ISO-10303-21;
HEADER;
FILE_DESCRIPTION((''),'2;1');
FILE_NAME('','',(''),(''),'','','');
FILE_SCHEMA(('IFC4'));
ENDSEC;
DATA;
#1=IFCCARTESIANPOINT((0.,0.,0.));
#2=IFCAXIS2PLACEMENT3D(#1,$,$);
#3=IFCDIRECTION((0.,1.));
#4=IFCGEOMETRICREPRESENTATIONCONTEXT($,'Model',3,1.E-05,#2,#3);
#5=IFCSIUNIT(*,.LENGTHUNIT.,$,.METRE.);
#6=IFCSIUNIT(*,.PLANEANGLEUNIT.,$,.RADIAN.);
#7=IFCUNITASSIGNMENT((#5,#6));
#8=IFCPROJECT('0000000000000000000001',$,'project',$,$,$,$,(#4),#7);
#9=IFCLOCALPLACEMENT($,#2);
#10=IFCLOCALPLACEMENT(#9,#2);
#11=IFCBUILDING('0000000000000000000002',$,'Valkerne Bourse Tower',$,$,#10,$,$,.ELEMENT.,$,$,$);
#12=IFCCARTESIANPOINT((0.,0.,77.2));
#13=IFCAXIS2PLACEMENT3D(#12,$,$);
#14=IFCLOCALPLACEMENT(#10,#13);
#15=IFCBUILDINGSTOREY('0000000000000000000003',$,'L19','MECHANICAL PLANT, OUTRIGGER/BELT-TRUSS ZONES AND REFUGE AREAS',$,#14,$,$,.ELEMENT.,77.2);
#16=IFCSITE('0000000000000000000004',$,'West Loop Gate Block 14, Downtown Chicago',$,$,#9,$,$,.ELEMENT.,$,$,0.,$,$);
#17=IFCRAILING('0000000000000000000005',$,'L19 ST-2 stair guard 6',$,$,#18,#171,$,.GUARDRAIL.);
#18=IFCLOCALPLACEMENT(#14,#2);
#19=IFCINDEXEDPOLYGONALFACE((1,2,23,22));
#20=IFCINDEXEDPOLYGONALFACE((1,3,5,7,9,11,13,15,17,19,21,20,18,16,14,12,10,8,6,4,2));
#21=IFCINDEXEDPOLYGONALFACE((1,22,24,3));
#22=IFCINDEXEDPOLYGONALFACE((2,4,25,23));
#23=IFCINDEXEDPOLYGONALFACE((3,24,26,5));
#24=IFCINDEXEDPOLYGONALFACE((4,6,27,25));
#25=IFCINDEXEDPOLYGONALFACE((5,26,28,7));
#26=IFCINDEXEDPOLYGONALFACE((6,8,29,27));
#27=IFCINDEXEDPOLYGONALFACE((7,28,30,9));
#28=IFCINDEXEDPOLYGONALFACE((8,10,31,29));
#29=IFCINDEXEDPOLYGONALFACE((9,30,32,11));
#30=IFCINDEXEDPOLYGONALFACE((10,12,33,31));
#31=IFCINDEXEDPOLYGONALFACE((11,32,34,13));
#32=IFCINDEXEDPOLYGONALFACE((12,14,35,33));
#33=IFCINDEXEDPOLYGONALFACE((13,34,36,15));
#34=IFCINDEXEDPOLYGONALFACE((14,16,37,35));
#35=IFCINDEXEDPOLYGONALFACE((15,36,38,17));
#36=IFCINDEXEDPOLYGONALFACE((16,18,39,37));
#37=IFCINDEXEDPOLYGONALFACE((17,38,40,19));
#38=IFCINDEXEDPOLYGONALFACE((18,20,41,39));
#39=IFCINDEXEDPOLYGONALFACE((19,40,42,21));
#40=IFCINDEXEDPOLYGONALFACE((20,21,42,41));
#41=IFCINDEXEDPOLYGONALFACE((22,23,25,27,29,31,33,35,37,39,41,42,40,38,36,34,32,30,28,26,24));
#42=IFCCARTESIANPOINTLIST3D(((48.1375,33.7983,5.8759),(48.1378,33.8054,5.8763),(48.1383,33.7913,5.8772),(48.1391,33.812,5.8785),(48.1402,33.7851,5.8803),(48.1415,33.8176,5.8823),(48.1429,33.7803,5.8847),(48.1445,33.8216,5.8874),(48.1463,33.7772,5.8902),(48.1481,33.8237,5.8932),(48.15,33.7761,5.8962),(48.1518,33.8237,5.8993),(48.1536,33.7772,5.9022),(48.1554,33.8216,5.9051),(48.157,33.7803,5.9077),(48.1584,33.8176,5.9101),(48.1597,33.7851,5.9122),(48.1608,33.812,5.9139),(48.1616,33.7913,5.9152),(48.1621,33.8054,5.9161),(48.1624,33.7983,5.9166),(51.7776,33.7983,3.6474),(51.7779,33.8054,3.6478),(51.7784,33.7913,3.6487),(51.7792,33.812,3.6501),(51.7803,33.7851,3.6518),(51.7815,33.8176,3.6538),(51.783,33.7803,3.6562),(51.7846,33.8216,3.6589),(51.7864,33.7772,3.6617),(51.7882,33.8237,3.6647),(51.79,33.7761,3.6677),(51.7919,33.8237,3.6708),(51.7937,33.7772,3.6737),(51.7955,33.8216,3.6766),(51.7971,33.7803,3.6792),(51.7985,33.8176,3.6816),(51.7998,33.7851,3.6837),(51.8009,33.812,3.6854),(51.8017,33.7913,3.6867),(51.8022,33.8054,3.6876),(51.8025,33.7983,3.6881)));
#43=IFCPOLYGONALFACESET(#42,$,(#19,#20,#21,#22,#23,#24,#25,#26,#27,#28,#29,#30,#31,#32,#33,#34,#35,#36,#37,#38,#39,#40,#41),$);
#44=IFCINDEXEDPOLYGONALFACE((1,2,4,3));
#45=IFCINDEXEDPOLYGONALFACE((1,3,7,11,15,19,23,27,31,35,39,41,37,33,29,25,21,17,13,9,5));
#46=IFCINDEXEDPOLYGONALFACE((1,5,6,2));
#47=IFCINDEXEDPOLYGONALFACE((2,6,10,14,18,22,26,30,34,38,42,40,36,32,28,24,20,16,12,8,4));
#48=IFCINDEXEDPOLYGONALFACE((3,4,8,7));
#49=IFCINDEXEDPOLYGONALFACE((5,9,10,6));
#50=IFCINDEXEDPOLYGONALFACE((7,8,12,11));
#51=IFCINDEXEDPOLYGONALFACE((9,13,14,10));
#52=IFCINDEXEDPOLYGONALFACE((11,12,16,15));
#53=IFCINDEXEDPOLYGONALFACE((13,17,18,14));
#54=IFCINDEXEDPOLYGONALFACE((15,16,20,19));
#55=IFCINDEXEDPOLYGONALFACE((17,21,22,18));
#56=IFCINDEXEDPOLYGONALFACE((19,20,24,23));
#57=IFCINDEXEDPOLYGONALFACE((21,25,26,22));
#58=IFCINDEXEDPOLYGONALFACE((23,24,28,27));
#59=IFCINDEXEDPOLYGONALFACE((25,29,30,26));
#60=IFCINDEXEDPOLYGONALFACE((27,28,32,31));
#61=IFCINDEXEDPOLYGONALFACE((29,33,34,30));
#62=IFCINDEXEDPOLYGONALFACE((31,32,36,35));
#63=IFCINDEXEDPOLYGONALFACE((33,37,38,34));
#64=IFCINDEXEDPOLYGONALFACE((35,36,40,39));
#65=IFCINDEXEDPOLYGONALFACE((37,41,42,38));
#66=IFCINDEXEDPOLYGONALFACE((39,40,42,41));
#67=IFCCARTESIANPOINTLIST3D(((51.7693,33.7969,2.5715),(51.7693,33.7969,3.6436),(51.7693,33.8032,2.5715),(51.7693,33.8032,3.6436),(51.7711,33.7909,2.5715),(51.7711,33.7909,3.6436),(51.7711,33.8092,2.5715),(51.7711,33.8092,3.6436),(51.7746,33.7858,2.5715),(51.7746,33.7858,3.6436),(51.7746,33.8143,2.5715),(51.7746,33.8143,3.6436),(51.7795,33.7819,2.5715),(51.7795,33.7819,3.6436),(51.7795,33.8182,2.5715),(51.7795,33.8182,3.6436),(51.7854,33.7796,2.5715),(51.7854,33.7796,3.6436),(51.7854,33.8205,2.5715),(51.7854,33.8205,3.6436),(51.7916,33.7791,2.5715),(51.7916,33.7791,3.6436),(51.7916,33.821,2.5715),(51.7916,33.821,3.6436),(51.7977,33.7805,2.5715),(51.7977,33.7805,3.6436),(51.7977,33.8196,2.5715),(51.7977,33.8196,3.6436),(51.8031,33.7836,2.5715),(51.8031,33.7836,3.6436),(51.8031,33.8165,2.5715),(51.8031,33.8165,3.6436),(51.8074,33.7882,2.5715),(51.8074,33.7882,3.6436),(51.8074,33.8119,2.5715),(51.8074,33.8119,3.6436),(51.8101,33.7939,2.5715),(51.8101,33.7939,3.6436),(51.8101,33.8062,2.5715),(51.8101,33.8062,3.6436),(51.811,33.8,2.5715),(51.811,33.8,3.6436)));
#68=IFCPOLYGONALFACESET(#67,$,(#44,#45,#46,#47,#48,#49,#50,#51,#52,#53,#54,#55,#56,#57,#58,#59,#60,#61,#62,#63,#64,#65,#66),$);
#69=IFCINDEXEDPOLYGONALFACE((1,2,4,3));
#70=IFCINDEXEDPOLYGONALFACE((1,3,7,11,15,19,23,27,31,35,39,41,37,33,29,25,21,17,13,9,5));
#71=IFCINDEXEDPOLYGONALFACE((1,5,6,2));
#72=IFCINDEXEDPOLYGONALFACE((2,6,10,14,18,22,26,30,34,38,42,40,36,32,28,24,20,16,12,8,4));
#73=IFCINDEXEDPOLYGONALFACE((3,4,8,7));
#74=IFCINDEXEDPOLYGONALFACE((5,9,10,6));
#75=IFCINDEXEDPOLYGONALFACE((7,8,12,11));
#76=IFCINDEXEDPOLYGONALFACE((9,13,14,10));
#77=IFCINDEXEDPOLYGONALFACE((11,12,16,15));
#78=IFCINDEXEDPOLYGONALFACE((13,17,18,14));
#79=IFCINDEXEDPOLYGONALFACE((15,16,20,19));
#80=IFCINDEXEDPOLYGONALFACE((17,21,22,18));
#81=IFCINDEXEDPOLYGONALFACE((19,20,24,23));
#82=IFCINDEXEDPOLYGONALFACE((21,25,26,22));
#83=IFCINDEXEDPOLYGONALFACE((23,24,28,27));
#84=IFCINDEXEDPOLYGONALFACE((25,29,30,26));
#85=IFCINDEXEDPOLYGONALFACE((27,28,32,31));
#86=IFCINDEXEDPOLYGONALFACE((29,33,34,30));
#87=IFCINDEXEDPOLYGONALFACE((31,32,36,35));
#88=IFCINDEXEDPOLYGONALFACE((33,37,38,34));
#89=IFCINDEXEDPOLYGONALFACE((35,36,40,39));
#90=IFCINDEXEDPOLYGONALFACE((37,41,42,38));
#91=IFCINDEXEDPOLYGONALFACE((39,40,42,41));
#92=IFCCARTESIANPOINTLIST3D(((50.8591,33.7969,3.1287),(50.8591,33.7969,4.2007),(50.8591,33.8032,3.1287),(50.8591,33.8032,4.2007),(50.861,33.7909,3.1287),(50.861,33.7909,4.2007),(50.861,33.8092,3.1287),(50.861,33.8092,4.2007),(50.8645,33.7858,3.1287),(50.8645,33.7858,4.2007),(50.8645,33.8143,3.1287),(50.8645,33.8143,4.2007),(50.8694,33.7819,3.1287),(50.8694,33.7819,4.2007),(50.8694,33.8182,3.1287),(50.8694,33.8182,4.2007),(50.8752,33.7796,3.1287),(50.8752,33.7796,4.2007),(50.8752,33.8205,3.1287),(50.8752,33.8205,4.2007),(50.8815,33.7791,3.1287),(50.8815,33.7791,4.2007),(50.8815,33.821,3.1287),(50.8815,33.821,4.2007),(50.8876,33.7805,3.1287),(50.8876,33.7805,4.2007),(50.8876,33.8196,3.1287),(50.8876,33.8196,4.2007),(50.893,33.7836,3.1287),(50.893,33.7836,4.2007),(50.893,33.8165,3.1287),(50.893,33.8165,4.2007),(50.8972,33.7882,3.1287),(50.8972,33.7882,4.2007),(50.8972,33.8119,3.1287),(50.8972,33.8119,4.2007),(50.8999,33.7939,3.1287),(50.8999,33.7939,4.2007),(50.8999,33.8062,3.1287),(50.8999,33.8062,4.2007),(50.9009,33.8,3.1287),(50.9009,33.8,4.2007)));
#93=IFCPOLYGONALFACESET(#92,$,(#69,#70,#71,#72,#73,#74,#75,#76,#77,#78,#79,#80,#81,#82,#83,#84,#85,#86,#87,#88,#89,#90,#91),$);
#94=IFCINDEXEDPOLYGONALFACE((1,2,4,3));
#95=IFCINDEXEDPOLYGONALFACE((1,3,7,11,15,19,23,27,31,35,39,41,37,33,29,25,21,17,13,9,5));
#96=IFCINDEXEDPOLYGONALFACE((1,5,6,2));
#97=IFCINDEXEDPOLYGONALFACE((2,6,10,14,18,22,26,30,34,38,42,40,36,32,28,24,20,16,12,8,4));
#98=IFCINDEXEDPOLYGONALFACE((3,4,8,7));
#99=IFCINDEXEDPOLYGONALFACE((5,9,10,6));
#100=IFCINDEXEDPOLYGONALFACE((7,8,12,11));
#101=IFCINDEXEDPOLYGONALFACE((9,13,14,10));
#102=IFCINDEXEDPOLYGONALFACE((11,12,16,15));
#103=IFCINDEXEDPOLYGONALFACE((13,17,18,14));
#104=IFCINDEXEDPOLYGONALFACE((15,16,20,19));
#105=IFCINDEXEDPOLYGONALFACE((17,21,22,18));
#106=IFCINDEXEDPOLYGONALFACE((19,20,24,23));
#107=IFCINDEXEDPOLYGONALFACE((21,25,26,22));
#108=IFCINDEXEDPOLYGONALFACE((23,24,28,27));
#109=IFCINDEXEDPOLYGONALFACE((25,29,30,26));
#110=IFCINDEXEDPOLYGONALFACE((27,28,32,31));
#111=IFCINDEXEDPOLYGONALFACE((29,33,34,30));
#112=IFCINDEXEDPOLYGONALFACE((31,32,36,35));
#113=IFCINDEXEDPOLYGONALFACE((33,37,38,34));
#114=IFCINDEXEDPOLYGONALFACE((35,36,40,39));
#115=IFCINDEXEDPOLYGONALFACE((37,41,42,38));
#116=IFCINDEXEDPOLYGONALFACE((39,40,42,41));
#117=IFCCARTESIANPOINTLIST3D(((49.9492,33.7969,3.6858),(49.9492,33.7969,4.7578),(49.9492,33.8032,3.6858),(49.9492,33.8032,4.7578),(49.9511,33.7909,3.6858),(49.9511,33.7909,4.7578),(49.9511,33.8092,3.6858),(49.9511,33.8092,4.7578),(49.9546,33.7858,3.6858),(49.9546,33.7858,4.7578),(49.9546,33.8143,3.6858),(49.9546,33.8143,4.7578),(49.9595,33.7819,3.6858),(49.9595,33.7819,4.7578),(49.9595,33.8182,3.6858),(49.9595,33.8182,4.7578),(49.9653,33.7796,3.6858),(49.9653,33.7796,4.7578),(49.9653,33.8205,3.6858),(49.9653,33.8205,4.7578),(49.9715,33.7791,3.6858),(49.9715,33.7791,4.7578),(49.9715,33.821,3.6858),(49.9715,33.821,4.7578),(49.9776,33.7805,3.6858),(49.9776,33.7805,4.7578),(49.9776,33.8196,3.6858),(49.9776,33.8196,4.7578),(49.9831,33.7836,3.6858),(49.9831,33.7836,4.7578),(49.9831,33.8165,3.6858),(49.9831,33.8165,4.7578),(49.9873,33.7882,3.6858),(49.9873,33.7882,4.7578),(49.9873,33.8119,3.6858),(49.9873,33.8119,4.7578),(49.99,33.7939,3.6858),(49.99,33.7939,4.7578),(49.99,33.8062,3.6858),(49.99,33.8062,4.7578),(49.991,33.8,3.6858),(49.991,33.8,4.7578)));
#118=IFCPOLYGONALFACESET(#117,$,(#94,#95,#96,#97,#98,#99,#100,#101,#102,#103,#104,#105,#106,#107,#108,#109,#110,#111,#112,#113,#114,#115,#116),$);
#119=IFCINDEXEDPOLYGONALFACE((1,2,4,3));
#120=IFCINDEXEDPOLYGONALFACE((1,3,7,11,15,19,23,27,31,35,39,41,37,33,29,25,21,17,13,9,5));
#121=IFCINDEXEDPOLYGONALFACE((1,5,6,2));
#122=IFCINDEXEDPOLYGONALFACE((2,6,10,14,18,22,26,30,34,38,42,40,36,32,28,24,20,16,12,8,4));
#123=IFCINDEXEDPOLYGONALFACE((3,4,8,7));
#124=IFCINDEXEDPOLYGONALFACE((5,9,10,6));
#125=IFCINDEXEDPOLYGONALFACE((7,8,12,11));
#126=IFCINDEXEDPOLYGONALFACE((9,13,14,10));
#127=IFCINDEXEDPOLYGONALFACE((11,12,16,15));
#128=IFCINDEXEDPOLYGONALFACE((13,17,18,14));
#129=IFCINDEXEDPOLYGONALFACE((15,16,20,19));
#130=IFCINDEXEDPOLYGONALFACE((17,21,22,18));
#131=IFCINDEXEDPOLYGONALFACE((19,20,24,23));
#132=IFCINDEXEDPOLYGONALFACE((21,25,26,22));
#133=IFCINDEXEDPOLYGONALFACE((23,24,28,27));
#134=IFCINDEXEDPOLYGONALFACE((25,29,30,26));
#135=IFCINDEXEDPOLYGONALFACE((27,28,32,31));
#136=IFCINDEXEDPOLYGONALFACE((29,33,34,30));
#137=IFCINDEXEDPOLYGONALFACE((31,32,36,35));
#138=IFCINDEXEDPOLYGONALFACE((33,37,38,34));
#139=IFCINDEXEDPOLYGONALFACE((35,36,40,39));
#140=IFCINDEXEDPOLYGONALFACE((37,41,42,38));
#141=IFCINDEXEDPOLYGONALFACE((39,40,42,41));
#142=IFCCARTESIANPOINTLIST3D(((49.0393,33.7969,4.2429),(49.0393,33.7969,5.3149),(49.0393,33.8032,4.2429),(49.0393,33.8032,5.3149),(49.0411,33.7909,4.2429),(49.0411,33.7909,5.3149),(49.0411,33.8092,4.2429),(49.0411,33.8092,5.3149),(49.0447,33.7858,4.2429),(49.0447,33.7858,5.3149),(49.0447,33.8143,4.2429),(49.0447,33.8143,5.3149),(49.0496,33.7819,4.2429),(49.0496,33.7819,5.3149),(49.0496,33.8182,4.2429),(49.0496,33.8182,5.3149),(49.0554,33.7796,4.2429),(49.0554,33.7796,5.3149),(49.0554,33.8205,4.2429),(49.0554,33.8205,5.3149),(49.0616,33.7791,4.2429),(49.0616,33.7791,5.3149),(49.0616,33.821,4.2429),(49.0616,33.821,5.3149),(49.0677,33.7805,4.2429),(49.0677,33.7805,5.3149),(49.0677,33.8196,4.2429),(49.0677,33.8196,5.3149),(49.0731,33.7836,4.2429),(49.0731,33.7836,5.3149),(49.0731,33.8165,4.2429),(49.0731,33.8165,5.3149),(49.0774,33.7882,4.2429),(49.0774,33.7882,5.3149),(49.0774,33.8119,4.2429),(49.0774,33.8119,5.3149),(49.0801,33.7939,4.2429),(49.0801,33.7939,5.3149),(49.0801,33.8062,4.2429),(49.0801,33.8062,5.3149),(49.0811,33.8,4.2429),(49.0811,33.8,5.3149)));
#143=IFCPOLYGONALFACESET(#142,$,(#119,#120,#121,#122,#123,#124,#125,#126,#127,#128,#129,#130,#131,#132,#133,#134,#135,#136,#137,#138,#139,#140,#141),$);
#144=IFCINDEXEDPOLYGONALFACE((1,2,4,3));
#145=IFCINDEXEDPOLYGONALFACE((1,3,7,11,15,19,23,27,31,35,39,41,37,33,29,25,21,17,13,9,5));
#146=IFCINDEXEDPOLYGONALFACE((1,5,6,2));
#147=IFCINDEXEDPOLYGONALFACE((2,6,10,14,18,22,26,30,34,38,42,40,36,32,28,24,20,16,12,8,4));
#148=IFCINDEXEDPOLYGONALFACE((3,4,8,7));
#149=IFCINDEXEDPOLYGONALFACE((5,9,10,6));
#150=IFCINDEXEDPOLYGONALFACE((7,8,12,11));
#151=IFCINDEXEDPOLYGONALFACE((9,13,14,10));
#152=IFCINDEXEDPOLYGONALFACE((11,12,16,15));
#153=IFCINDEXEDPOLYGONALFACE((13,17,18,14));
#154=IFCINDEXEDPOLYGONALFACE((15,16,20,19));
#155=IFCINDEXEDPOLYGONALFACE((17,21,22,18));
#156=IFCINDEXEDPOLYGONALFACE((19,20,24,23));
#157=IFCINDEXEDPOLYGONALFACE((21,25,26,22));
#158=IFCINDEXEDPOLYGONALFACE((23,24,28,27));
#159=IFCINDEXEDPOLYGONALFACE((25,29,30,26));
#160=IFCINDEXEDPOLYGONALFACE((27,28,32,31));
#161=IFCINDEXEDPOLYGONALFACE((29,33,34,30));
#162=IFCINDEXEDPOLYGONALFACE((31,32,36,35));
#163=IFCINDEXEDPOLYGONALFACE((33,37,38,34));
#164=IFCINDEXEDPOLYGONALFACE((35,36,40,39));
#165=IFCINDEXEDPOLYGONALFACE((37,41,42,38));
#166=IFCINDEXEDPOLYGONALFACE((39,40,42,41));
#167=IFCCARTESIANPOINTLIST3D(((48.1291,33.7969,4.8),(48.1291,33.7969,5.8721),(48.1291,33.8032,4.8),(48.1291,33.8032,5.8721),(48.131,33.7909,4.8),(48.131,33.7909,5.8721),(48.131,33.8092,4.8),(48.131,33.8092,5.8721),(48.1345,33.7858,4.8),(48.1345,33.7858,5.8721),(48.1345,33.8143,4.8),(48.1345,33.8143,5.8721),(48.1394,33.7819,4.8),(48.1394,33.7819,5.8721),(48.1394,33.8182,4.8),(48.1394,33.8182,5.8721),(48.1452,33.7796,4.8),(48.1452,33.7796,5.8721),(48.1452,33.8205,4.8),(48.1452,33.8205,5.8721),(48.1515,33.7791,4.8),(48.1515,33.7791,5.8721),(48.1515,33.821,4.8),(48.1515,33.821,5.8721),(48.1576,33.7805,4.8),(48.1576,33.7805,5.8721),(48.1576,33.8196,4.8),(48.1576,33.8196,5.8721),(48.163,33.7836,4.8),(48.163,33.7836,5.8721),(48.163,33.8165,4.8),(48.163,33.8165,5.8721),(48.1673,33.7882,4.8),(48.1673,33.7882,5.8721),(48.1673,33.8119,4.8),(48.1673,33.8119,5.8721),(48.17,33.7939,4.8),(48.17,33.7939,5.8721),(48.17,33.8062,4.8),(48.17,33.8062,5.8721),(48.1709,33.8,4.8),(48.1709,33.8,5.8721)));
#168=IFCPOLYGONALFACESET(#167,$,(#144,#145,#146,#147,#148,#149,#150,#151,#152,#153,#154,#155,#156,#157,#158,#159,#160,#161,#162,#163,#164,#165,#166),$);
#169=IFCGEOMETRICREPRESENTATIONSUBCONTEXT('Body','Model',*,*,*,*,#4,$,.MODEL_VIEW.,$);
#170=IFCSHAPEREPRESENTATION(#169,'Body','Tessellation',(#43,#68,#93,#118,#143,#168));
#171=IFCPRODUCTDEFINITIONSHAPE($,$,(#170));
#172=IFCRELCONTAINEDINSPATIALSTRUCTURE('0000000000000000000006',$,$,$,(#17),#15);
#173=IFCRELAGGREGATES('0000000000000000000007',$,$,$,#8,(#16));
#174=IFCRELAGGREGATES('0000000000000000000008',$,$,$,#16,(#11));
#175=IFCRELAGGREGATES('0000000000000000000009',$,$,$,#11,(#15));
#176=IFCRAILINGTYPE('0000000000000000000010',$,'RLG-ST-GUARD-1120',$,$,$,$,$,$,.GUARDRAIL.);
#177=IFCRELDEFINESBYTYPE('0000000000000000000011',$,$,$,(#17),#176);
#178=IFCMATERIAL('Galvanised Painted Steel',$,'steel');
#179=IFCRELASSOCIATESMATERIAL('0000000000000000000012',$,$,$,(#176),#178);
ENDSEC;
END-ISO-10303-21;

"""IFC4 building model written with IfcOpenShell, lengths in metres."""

from ifc_helpers import new_model, si_unit, direction, frame, origin, origin_2d, place, context, subcontext, project, spatial, circle, extrude, material, type_object, element, save


model = new_model("IFC4")

# Units and contexts
model_context = context("Model", 3, precision=1e-05, world=origin(), true_north=direction((0.0, 1.0)))
body_context = subcontext(model_context, "Body", "Model", "MODEL_VIEW")
ifc_project = project(units=[si_unit("LENGTHUNIT", "METRE"), si_unit("PLANEANGLEUNIT", "RADIAN")], contexts=[model_context])

# Site, building, storey
site_placement = place(None, origin())
site = spatial("IfcSite", under=ifc_project, at=site_placement, Name="West Loop Gate Block 14, Downtown Chicago", CompositionType="ELEMENT", RefElevation=0.0)
building_placement = place(site_placement, origin())
building = spatial("IfcBuilding", under=site, at=building_placement, Name="Valkerne Bourse Tower", CompositionType="ELEMENT")
storey_placement = place(building_placement, frame((0.0, 0.0, 77.2)))
storey = spatial("IfcBuildingStorey", under=building, at=storey_placement, Name="L19", Description="MECHANICAL PLANT, OUTRIGGER/BELT-TRUSS ZONES AND REFUGE AREAS", CompositionType="ELEMENT", Elevation=77.2)

# Railing
ifc_material_1 = material(Name="Galvanised Painted Steel", Category="steel")
railing_type_1 = type_object("IfcRailingType", Name="RLG-ST-GUARD-1120", PredefinedType="GUARDRAIL", material=ifc_material_1)
railing_1_placement = place(storey_placement, frame((51.79, 33.8, 2.5715)))
element("IfcRailing", 1, at=railing_1_placement, inside=storey, type_object=railing_type_1, Name="L19 ST-2 stair guard 6", PredefinedType="GUARDRAIL", context=body_context, shape_type="SweptSolid", body=[
    extrude(circle(Radius=0.0239, at=origin_2d()), frame((0.0, 0.0, 1.0962), z_axis=(-0.852866, 0.0, 0.52213), x_axis=(0.0, -1.0, 0.0)), (0.0, 0.0, 1.0), 4.2681),
    extrude(circle(Radius=0.021, at=origin_2d()), origin(), (0.0, 0.0, 1.0), 1.072),
    extrude(circle(Radius=0.021, at=origin_2d()), frame((-0.9102, 0.0, 0.5571)), (0.0, 0.0, 1.0), 1.072),
    extrude(circle(Radius=0.021, at=origin_2d()), frame((-1.8201, 0.0, 1.1143)), (0.0, 0.0, 1.0), 1.072),
    extrude(circle(Radius=0.021, at=origin_2d()), frame((-2.73, 0.0, 1.6714)), (0.0, 0.0, 1.0), 1.072),
    extrude(circle(Radius=0.021, at=origin_2d()), frame((-3.6401, 0.0, 2.2285)), (0.0, 0.0, 1.0), 1.072),
])

save(model, "model.ifc")
